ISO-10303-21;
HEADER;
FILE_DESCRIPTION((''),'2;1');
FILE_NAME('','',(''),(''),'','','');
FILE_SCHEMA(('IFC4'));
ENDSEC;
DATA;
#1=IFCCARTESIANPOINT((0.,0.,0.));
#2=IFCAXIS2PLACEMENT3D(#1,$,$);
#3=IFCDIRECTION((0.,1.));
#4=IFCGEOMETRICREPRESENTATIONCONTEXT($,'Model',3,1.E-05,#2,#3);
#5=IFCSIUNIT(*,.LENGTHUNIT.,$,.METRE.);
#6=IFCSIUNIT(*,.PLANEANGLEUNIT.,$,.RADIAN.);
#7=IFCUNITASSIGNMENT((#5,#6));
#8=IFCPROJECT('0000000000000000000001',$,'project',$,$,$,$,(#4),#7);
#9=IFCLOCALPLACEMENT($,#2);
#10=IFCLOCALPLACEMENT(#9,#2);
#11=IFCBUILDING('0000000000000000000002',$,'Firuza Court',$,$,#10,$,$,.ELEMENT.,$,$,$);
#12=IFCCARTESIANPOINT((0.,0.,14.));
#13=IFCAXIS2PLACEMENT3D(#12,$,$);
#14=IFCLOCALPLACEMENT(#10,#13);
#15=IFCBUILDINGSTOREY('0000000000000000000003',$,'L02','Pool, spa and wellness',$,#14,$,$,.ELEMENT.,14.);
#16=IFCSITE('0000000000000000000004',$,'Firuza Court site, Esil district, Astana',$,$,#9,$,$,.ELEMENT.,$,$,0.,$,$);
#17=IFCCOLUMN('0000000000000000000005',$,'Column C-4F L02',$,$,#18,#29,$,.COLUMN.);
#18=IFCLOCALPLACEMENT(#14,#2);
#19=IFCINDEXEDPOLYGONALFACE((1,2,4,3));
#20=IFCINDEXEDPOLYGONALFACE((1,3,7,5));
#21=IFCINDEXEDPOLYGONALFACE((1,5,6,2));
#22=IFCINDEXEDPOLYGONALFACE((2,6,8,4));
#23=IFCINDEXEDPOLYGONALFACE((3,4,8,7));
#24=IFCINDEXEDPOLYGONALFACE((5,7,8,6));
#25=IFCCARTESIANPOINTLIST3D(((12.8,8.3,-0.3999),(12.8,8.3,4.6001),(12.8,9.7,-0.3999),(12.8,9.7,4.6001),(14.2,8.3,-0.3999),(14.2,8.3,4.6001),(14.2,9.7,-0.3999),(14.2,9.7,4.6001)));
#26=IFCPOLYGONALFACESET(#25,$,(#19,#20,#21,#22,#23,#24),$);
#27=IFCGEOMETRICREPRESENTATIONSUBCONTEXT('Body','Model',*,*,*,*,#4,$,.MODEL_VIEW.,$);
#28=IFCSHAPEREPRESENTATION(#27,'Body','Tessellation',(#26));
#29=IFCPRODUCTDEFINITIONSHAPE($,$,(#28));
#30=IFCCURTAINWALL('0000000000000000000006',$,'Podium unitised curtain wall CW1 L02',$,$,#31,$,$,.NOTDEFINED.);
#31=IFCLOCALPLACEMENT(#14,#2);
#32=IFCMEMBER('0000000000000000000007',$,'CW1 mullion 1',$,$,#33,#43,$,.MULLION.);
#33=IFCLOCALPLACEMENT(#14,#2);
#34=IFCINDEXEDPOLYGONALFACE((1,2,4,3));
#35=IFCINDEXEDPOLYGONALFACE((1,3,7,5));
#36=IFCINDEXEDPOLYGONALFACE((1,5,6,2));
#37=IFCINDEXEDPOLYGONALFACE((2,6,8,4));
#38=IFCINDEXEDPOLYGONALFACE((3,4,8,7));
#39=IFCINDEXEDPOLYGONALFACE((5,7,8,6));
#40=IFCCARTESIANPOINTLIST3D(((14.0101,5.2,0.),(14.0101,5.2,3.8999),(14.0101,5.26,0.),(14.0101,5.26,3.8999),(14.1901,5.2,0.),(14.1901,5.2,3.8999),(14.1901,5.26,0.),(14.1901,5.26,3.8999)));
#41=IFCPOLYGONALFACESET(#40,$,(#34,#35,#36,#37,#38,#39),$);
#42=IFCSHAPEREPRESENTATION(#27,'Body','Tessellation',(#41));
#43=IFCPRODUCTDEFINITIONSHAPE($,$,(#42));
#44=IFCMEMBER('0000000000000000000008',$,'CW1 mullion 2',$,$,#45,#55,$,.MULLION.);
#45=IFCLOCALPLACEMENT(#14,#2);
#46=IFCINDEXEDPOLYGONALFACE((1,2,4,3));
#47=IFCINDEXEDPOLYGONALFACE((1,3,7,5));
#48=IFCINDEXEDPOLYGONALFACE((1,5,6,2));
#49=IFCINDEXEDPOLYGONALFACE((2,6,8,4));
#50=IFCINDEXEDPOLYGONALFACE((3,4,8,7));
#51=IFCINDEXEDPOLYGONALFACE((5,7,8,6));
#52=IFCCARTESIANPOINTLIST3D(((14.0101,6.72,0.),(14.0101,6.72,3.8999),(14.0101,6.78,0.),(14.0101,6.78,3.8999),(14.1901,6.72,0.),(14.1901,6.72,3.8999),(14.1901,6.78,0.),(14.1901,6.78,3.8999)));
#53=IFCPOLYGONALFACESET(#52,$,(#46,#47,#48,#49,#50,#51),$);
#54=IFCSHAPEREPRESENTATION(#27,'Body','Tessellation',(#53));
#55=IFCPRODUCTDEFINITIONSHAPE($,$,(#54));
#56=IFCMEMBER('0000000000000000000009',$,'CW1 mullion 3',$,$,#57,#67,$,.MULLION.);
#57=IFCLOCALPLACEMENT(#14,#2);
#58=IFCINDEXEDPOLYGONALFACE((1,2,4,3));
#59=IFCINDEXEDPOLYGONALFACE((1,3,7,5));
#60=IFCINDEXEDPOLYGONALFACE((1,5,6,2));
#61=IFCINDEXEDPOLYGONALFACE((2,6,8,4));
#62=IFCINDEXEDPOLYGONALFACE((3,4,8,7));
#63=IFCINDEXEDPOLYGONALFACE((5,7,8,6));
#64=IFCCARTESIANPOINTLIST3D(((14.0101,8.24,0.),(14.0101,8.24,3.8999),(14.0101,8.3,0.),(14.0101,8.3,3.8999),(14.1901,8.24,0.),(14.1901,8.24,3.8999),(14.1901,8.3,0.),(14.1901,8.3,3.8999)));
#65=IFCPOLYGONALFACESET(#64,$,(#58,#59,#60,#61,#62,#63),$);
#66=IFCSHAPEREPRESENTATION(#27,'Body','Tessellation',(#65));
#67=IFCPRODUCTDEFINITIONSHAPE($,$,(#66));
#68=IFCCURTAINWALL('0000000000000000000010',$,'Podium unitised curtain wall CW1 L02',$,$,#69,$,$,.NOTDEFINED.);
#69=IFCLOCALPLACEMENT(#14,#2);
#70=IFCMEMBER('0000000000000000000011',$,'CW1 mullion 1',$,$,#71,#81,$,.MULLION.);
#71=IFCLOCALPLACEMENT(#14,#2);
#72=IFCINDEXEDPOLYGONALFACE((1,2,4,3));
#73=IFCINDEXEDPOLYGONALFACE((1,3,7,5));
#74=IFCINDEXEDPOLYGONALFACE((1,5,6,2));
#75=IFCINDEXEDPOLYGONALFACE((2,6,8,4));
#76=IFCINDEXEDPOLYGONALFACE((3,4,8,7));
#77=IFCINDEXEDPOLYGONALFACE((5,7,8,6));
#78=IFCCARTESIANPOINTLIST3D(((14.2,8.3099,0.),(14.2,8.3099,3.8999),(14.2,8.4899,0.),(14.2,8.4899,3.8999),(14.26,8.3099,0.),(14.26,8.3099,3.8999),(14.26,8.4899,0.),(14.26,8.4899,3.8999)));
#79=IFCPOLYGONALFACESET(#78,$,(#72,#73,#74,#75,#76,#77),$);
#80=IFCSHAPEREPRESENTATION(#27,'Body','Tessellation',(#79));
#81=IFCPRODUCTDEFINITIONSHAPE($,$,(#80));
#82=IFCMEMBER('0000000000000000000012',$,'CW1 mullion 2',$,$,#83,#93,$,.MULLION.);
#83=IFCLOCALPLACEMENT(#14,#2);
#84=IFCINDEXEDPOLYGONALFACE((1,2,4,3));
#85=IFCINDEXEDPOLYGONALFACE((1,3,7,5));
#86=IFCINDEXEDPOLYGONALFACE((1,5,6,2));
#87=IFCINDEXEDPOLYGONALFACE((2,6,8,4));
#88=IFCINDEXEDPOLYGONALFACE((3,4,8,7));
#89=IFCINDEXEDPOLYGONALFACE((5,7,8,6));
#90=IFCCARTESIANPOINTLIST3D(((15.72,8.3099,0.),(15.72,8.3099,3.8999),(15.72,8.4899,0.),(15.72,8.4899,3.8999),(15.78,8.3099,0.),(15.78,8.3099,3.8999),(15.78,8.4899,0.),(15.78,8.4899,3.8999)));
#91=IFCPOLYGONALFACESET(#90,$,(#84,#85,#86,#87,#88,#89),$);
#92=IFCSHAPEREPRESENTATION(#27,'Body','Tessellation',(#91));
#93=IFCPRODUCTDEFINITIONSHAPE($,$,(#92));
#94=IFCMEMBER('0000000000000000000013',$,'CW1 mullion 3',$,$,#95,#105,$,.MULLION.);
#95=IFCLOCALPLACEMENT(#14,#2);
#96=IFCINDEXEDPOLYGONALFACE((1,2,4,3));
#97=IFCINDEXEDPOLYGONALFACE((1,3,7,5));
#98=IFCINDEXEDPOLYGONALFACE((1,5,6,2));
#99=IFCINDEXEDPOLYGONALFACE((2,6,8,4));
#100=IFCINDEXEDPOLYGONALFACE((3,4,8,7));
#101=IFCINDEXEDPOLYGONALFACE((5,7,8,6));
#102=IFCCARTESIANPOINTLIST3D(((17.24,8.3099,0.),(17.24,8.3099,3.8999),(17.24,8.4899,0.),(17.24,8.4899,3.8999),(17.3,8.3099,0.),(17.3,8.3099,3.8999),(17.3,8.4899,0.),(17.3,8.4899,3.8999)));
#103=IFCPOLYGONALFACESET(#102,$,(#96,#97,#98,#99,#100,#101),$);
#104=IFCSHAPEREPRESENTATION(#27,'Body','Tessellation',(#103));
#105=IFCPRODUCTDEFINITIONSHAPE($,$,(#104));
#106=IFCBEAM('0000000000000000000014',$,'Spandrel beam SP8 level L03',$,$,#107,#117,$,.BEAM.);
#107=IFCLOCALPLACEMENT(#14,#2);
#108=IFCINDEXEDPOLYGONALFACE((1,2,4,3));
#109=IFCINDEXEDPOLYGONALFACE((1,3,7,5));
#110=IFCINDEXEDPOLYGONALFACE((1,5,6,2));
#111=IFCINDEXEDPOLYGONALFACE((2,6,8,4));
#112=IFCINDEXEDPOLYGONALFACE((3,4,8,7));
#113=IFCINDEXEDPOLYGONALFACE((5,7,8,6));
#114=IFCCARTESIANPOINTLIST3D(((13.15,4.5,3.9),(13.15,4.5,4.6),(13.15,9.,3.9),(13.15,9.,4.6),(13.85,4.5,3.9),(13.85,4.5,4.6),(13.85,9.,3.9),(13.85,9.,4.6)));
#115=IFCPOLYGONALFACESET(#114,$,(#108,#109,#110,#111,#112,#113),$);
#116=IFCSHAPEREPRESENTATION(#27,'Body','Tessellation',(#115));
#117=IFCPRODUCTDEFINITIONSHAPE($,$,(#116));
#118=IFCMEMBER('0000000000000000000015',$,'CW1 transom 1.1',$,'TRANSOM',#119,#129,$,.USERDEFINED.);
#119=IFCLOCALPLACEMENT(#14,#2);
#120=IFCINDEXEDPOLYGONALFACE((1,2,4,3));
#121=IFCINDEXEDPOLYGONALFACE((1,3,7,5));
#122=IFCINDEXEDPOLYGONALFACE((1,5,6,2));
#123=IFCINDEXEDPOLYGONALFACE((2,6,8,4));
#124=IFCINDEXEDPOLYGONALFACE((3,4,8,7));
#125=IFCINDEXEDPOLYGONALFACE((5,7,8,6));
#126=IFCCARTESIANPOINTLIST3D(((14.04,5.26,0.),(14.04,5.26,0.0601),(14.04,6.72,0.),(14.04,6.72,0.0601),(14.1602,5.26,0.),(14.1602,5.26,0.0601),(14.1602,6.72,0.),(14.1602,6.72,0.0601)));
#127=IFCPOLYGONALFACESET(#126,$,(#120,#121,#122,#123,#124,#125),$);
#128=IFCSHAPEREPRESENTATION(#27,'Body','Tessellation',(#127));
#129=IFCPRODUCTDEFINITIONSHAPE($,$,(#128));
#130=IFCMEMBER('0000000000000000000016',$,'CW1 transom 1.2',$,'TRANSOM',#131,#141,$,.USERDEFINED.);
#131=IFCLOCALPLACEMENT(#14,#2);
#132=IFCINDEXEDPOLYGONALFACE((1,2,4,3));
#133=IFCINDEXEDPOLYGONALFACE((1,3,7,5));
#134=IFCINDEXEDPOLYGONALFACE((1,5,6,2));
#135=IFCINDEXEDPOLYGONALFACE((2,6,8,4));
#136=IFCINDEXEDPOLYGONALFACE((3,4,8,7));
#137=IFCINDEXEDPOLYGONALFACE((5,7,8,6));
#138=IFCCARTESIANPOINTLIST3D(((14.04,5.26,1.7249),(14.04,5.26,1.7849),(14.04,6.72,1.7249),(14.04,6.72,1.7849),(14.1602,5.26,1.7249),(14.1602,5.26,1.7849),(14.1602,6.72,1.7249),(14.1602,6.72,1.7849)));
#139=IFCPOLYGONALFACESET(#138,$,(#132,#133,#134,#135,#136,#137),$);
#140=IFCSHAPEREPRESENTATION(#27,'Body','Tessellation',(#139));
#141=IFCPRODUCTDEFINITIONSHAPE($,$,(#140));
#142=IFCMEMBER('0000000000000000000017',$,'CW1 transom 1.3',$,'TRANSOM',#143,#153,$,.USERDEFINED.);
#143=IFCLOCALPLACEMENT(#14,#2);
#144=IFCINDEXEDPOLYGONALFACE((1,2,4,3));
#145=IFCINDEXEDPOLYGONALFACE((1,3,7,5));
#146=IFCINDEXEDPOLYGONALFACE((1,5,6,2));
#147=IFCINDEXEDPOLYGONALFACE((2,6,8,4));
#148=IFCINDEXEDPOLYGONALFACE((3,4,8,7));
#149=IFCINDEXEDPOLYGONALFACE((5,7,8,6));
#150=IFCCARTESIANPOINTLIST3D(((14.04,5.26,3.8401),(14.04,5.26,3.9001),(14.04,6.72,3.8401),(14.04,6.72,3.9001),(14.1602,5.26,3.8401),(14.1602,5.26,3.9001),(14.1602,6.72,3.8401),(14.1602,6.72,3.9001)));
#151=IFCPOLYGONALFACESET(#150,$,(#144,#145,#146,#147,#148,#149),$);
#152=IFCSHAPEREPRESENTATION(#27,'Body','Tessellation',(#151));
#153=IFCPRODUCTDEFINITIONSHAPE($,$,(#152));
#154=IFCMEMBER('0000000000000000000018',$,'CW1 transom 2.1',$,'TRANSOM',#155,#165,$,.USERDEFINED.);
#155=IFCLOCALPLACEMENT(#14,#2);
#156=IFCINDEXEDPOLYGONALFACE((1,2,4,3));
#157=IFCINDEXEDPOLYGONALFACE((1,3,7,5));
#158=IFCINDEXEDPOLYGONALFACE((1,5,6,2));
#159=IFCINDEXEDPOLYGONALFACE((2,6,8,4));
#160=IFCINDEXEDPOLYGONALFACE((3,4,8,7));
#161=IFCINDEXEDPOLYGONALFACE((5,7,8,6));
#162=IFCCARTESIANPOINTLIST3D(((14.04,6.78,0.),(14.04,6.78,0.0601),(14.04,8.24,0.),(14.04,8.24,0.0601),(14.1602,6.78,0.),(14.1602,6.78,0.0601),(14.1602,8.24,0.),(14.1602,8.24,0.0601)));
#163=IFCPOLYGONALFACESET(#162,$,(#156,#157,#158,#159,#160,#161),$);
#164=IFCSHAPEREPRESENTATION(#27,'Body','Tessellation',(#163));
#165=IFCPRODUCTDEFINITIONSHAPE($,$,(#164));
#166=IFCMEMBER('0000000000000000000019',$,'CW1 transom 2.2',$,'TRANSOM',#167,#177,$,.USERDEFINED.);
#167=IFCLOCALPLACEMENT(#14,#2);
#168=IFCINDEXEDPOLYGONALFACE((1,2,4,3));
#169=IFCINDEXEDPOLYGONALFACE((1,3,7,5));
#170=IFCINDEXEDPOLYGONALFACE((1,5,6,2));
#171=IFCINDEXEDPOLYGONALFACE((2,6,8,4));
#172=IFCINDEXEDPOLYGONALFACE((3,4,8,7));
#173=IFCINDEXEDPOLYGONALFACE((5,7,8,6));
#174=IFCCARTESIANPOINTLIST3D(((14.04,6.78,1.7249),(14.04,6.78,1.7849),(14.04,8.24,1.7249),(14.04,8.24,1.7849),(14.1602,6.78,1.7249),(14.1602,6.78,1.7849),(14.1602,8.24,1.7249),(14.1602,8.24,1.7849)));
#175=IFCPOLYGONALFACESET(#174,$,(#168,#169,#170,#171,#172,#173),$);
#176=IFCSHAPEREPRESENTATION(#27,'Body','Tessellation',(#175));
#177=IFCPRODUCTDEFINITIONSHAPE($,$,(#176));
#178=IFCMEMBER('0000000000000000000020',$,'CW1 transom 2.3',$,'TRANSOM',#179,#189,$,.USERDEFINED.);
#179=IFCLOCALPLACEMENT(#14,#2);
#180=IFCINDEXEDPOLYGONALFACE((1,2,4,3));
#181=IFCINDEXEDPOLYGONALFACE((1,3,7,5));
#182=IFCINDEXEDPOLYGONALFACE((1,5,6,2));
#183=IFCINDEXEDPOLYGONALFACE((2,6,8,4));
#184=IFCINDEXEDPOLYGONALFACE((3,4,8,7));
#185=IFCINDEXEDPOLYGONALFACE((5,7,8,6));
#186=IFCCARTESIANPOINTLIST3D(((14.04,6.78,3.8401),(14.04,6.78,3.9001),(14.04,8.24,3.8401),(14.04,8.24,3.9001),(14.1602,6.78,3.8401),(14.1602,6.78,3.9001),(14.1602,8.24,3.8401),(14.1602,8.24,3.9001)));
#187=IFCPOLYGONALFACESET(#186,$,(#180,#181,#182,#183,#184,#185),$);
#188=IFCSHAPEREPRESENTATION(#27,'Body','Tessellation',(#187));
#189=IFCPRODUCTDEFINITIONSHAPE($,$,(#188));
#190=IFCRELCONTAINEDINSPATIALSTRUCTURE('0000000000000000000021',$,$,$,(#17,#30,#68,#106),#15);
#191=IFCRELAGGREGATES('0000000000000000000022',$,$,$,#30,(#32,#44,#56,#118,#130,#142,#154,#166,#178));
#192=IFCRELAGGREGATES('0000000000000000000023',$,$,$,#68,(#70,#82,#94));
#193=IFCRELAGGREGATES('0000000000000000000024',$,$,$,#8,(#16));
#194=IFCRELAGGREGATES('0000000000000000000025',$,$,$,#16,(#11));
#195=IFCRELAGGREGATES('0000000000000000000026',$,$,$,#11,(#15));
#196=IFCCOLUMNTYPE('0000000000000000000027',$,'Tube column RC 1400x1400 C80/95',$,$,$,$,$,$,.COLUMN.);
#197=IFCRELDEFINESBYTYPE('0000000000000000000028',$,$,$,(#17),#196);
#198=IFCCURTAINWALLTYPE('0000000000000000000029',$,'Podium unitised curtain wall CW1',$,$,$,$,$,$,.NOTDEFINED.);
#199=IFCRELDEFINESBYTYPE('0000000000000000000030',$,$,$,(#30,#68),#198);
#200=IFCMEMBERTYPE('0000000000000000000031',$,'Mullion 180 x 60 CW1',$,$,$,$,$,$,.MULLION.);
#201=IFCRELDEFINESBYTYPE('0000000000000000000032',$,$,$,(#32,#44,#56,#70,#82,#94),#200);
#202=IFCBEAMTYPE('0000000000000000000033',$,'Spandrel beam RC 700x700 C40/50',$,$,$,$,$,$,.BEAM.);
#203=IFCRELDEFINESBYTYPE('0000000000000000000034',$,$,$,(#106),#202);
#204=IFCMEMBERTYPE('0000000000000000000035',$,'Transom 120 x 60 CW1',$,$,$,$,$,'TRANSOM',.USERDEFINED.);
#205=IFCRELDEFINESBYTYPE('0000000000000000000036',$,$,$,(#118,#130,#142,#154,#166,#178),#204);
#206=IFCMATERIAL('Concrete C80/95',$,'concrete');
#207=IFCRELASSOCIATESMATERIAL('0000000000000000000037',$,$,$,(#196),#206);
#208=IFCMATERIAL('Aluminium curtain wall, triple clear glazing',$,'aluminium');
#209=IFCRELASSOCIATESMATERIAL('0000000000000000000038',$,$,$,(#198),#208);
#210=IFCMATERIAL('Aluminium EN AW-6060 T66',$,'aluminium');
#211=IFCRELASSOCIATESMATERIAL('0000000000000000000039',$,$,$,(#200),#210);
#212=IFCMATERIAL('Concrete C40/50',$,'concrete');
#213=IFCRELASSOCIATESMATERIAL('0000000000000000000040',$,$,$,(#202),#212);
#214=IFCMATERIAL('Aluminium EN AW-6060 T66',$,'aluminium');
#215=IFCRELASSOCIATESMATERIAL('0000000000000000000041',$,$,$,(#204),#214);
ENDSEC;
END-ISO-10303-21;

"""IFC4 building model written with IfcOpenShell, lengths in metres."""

from ifc_helpers import new_model, si_unit, direction, frame, origin, origin_2d, place, context, subcontext, project, spatial, rectangle, extrude, material, material_profile, profile_set, type_object, element, aggregate, save


model = new_model("IFC4")

# Units and contexts
model_context = context("Model", 3, precision=1e-05, world=origin(), true_north=direction((0.0, 1.0)))
body_context = subcontext(model_context, "Body", "Model", "MODEL_VIEW")
ifc_project = project(units=[si_unit("LENGTHUNIT", "METRE"), si_unit("PLANEANGLEUNIT", "RADIAN")], contexts=[model_context])

# Site, building, storey
site_placement = place(None, origin())
site = spatial("IfcSite", under=ifc_project, at=site_placement, Name="Firuza Court site, Esil district, Astana", CompositionType="ELEMENT", RefElevation=0.0)
building_placement = place(site_placement, origin())
building = spatial("IfcBuilding", under=site, at=building_placement, Name="Firuza Court", CompositionType="ELEMENT")
storey_placement = place(building_placement, frame((0.0, 0.0, 14.0)))
storey = spatial("IfcBuildingStorey", under=building, at=storey_placement, Name="L02", Description="Pool, spa and wellness", CompositionType="ELEMENT", Elevation=14.0)

# Column
ifc_material_1 = material(Name="Concrete C80/95", Category="concrete")
ifc_material_profile_1 = material_profile(ifc_material_1, rectangle(XDim=1.3999, YDim=1.3999, at=origin_2d()), Name="RC 1400x1400")
ifc_profile_set_1 = profile_set([ifc_material_profile_1], Name="Concrete C80/95")
column_type = type_object("IfcColumnType", Name="Tube column RC 1400x1400 C80/95", PredefinedType="COLUMN", material=ifc_profile_set_1)
column_placement = place(storey_placement, frame((13.5, 9.0, -0.3999), z_axis=(0.0, 0.0, 1.0), x_axis=(1.0, 0.0, 0.0)))
element("IfcColumn", 1, at=column_placement, inside=storey, type_object=column_type, Name="Column C-4F L02", PredefinedType="COLUMN", context=body_context, shape_type="SweptSolid", body=[
    extrude(rectangle(XDim=1.3999, YDim=1.3999, at=origin_2d()), origin(), (0.0, 0.0, 1.0), 5.0),
])

# Curtain walls, members
ifc_material_2 = material(Name="Aluminium curtain wall, triple clear glazing", Category="aluminium")
curtain_wall_type = type_object("IfcCurtainWallType", Name="Podium unitised curtain wall CW1", PredefinedType="NOTDEFINED", material=ifc_material_2)
curtain_wall_1_placement = place(storey_placement, origin())
curtain_wall_1 = element("IfcCurtainWall", 2, at=curtain_wall_1_placement, inside=storey, type_object=curtain_wall_type, Name="Podium unitised curtain wall CW1 L02", PredefinedType="NOTDEFINED")
ifc_material_3 = material(Name="Aluminium EN AW-6060 T66", Category="aluminium")
ifc_material_profile_2 = material_profile(ifc_material_3, rectangle(XDim=0.1799, YDim=0.0601, at=origin_2d()), Name="Mullion 180 x 60 CW1")
ifc_profile_set_2 = profile_set([ifc_material_profile_2], Name="Aluminium EN AW-6060 T66")
member_type_1 = type_object("IfcMemberType", Name="Mullion 180 x 60 CW1", PredefinedType="MULLION", material=ifc_profile_set_2)
member_1_placement = place(storey_placement, frame((14.1001, 5.23, 0.0), z_axis=(0.0, 0.0, 1.0), x_axis=(-1.0, 0.0, 0.0)))
member_1 = element("IfcMember", 3, at=member_1_placement, type_object=member_type_1, Name="CW1 mullion 1", PredefinedType="MULLION", context=body_context, shape_type="SweptSolid", body=[
    extrude(rectangle(XDim=0.1799, YDim=0.0601, at=origin_2d()), origin(), (0.0, 0.0, 1.0), 3.8999),
])
member_2_placement = place(storey_placement, frame((14.1001, 6.75, 0.0), z_axis=(0.0, 0.0, 1.0), x_axis=(-1.0, 0.0, 0.0)))
member_2 = element("IfcMember", 4, at=member_2_placement, type_object=member_type_1, Name="CW1 mullion 2", PredefinedType="MULLION", context=body_context, shape_type="SweptSolid", body=[
    extrude(rectangle(XDim=0.1799, YDim=0.0601, at=origin_2d()), origin(), (0.0, 0.0, 1.0), 3.8999),
])
member_3_placement = place(storey_placement, frame((14.1001, 8.27, 0.0), z_axis=(0.0, 0.0, 1.0), x_axis=(-1.0, 0.0, 0.0)))
member_3 = element("IfcMember", 5, at=member_3_placement, type_object=member_type_1, Name="CW1 mullion 3", PredefinedType="MULLION", context=body_context, shape_type="SweptSolid", body=[
    extrude(rectangle(XDim=0.1799, YDim=0.0601, at=origin_2d()), origin(), (0.0, 0.0, 1.0), 3.8999),
])
curtain_wall_2_placement = place(storey_placement, origin())
curtain_wall_2 = element("IfcCurtainWall", 6, at=curtain_wall_2_placement, inside=storey, type_object=curtain_wall_type, Name="Podium unitised curtain wall CW1 L02", PredefinedType="NOTDEFINED")
member_4_placement = place(storey_placement, frame((14.23, 8.3999, 0.0), z_axis=(0.0, 0.0, 1.0), x_axis=(0.0, 1.0, 0.0)))
member_4 = element("IfcMember", 7, at=member_4_placement, type_object=member_type_1, Name="CW1 mullion 1", PredefinedType="MULLION", context=body_context, shape_type="SweptSolid", body=[
    extrude(rectangle(XDim=0.1799, YDim=0.0601, at=origin_2d()), origin(), (0.0, 0.0, 1.0), 3.8999),
])
member_5_placement = place(storey_placement, frame((15.75, 8.3999, 0.0), z_axis=(0.0, 0.0, 1.0), x_axis=(0.0, 1.0, 0.0)))
member_5 = element("IfcMember", 8, at=member_5_placement, type_object=member_type_1, Name="CW1 mullion 2", PredefinedType="MULLION", context=body_context, shape_type="SweptSolid", body=[
    extrude(rectangle(XDim=0.1799, YDim=0.0601, at=origin_2d()), origin(), (0.0, 0.0, 1.0), 3.8999),
])
member_6_placement = place(storey_placement, frame((17.27, 8.3999, 0.0), z_axis=(0.0, 0.0, 1.0), x_axis=(0.0, 1.0, 0.0)))
member_6 = element("IfcMember", 9, at=member_6_placement, type_object=member_type_1, Name="CW1 mullion 3", PredefinedType="MULLION", context=body_context, shape_type="SweptSolid", body=[
    extrude(rectangle(XDim=0.1799, YDim=0.0601, at=origin_2d()), origin(), (0.0, 0.0, 1.0), 3.8999),
])

# Beam
ifc_material_4 = material(Name="Concrete C40/50", Category="concrete")
ifc_material_profile_3 = material_profile(ifc_material_4, rectangle(XDim=0.7, YDim=0.7, at=origin_2d()), Name="RC 700x700")
ifc_profile_set_3 = profile_set([ifc_material_profile_3], Name="Concrete C40/50")
beam_type = type_object("IfcBeamType", Name="Spandrel beam RC 700x700 C40/50", PredefinedType="BEAM", material=ifc_profile_set_3)
beam_placement = place(storey_placement, frame((13.5, 4.5, 4.25), z_axis=(0.0, 1.0, 0.0), x_axis=(-1.0, 0.0, 0.0)))
element("IfcBeam", 10, at=beam_placement, inside=storey, type_object=beam_type, Name="Spandrel beam SP8 level L03", PredefinedType="BEAM", context=body_context, shape_type="SweptSolid", body=[
    extrude(rectangle(XDim=0.7, YDim=0.7, at=origin_2d()), origin(), (0.0, 0.0, 1.0), 4.5),
])

# Members
ifc_material_5 = material(Name="Aluminium EN AW-6060 T66", Category="aluminium")
ifc_material_profile_4 = material_profile(ifc_material_5, rectangle(XDim=0.1201, YDim=0.0601, at=origin_2d()), Name="Transom 120 x 60 CW1")
ifc_profile_set_4 = profile_set([ifc_material_profile_4], Name="Aluminium EN AW-6060 T66")
member_type_2 = type_object("IfcMemberType", Name="Transom 120 x 60 CW1", ElementType="TRANSOM", PredefinedType="USERDEFINED", material=ifc_profile_set_4)
member_7_placement = place(storey_placement, frame((14.1001, 5.26, 0.03), z_axis=(0.0, 1.0, 0.0), x_axis=(-1.0, 0.0, 0.0)))
member_7 = element("IfcMember", 11, at=member_7_placement, type_object=member_type_2, Name="CW1 transom 1.1", ObjectType="TRANSOM", PredefinedType="USERDEFINED", context=body_context, shape_type="SweptSolid", body=[
    extrude(rectangle(XDim=0.1201, YDim=0.0601, at=origin_2d()), origin(), (0.0, 0.0, 1.0), 1.46),
])
member_8_placement = place(storey_placement, frame((14.1001, 5.26, 1.7549), z_axis=(0.0, 1.0, 0.0), x_axis=(-1.0, 0.0, 0.0)))
member_8 = element("IfcMember", 12, at=member_8_placement, type_object=member_type_2, Name="CW1 transom 1.2", ObjectType="TRANSOM", PredefinedType="USERDEFINED", context=body_context, shape_type="SweptSolid", body=[
    extrude(rectangle(XDim=0.1201, YDim=0.0601, at=origin_2d()), origin(), (0.0, 0.0, 1.0), 1.46),
])
member_9_placement = place(storey_placement, frame((14.1001, 5.26, 3.8701), z_axis=(0.0, 1.0, 0.0), x_axis=(-1.0, 0.0, 0.0)))
member_9 = element("IfcMember", 13, at=member_9_placement, type_object=member_type_2, Name="CW1 transom 1.3", ObjectType="TRANSOM", PredefinedType="USERDEFINED", context=body_context, shape_type="SweptSolid", body=[
    extrude(rectangle(XDim=0.1201, YDim=0.0601, at=origin_2d()), origin(), (0.0, 0.0, 1.0), 1.46),
])
member_10_placement = place(storey_placement, frame((14.1001, 6.78, 0.03), z_axis=(0.0, 1.0, 0.0), x_axis=(-1.0, 0.0, 0.0)))
member_10 = element("IfcMember", 14, at=member_10_placement, type_object=member_type_2, Name="CW1 transom 2.1", ObjectType="TRANSOM", PredefinedType="USERDEFINED", context=body_context, shape_type="SweptSolid", body=[
    extrude(rectangle(XDim=0.1201, YDim=0.0601, at=origin_2d()), origin(), (0.0, 0.0, 1.0), 1.46),
])
member_11_placement = place(storey_placement, frame((14.1001, 6.78, 1.7549), z_axis=(0.0, 1.0, 0.0), x_axis=(-1.0, 0.0, 0.0)))
member_11 = element("IfcMember", 15, at=member_11_placement, type_object=member_type_2, Name="CW1 transom 2.2", ObjectType="TRANSOM", PredefinedType="USERDEFINED", context=body_context, shape_type="SweptSolid", body=[
    extrude(rectangle(XDim=0.1201, YDim=0.0601, at=origin_2d()), origin(), (0.0, 0.0, 1.0), 1.46),
])
member_12_placement = place(storey_placement, frame((14.1001, 6.78, 3.8701), z_axis=(0.0, 1.0, 0.0), x_axis=(-1.0, 0.0, 0.0)))
member_12 = element("IfcMember", 16, at=member_12_placement, type_object=member_type_2, Name="CW1 transom 2.3", ObjectType="TRANSOM", PredefinedType="USERDEFINED", context=body_context, shape_type="SweptSolid", body=[
    extrude(rectangle(XDim=0.1201, YDim=0.0601, at=origin_2d()), origin(), (0.0, 0.0, 1.0), 1.46),
])

aggregate(curtain_wall_1, [member_1, member_2, member_3, member_7, member_8, member_9, member_10, member_11, member_12])
aggregate(curtain_wall_2, [member_4, member_5, member_6])

save(model, "model.ifc")
